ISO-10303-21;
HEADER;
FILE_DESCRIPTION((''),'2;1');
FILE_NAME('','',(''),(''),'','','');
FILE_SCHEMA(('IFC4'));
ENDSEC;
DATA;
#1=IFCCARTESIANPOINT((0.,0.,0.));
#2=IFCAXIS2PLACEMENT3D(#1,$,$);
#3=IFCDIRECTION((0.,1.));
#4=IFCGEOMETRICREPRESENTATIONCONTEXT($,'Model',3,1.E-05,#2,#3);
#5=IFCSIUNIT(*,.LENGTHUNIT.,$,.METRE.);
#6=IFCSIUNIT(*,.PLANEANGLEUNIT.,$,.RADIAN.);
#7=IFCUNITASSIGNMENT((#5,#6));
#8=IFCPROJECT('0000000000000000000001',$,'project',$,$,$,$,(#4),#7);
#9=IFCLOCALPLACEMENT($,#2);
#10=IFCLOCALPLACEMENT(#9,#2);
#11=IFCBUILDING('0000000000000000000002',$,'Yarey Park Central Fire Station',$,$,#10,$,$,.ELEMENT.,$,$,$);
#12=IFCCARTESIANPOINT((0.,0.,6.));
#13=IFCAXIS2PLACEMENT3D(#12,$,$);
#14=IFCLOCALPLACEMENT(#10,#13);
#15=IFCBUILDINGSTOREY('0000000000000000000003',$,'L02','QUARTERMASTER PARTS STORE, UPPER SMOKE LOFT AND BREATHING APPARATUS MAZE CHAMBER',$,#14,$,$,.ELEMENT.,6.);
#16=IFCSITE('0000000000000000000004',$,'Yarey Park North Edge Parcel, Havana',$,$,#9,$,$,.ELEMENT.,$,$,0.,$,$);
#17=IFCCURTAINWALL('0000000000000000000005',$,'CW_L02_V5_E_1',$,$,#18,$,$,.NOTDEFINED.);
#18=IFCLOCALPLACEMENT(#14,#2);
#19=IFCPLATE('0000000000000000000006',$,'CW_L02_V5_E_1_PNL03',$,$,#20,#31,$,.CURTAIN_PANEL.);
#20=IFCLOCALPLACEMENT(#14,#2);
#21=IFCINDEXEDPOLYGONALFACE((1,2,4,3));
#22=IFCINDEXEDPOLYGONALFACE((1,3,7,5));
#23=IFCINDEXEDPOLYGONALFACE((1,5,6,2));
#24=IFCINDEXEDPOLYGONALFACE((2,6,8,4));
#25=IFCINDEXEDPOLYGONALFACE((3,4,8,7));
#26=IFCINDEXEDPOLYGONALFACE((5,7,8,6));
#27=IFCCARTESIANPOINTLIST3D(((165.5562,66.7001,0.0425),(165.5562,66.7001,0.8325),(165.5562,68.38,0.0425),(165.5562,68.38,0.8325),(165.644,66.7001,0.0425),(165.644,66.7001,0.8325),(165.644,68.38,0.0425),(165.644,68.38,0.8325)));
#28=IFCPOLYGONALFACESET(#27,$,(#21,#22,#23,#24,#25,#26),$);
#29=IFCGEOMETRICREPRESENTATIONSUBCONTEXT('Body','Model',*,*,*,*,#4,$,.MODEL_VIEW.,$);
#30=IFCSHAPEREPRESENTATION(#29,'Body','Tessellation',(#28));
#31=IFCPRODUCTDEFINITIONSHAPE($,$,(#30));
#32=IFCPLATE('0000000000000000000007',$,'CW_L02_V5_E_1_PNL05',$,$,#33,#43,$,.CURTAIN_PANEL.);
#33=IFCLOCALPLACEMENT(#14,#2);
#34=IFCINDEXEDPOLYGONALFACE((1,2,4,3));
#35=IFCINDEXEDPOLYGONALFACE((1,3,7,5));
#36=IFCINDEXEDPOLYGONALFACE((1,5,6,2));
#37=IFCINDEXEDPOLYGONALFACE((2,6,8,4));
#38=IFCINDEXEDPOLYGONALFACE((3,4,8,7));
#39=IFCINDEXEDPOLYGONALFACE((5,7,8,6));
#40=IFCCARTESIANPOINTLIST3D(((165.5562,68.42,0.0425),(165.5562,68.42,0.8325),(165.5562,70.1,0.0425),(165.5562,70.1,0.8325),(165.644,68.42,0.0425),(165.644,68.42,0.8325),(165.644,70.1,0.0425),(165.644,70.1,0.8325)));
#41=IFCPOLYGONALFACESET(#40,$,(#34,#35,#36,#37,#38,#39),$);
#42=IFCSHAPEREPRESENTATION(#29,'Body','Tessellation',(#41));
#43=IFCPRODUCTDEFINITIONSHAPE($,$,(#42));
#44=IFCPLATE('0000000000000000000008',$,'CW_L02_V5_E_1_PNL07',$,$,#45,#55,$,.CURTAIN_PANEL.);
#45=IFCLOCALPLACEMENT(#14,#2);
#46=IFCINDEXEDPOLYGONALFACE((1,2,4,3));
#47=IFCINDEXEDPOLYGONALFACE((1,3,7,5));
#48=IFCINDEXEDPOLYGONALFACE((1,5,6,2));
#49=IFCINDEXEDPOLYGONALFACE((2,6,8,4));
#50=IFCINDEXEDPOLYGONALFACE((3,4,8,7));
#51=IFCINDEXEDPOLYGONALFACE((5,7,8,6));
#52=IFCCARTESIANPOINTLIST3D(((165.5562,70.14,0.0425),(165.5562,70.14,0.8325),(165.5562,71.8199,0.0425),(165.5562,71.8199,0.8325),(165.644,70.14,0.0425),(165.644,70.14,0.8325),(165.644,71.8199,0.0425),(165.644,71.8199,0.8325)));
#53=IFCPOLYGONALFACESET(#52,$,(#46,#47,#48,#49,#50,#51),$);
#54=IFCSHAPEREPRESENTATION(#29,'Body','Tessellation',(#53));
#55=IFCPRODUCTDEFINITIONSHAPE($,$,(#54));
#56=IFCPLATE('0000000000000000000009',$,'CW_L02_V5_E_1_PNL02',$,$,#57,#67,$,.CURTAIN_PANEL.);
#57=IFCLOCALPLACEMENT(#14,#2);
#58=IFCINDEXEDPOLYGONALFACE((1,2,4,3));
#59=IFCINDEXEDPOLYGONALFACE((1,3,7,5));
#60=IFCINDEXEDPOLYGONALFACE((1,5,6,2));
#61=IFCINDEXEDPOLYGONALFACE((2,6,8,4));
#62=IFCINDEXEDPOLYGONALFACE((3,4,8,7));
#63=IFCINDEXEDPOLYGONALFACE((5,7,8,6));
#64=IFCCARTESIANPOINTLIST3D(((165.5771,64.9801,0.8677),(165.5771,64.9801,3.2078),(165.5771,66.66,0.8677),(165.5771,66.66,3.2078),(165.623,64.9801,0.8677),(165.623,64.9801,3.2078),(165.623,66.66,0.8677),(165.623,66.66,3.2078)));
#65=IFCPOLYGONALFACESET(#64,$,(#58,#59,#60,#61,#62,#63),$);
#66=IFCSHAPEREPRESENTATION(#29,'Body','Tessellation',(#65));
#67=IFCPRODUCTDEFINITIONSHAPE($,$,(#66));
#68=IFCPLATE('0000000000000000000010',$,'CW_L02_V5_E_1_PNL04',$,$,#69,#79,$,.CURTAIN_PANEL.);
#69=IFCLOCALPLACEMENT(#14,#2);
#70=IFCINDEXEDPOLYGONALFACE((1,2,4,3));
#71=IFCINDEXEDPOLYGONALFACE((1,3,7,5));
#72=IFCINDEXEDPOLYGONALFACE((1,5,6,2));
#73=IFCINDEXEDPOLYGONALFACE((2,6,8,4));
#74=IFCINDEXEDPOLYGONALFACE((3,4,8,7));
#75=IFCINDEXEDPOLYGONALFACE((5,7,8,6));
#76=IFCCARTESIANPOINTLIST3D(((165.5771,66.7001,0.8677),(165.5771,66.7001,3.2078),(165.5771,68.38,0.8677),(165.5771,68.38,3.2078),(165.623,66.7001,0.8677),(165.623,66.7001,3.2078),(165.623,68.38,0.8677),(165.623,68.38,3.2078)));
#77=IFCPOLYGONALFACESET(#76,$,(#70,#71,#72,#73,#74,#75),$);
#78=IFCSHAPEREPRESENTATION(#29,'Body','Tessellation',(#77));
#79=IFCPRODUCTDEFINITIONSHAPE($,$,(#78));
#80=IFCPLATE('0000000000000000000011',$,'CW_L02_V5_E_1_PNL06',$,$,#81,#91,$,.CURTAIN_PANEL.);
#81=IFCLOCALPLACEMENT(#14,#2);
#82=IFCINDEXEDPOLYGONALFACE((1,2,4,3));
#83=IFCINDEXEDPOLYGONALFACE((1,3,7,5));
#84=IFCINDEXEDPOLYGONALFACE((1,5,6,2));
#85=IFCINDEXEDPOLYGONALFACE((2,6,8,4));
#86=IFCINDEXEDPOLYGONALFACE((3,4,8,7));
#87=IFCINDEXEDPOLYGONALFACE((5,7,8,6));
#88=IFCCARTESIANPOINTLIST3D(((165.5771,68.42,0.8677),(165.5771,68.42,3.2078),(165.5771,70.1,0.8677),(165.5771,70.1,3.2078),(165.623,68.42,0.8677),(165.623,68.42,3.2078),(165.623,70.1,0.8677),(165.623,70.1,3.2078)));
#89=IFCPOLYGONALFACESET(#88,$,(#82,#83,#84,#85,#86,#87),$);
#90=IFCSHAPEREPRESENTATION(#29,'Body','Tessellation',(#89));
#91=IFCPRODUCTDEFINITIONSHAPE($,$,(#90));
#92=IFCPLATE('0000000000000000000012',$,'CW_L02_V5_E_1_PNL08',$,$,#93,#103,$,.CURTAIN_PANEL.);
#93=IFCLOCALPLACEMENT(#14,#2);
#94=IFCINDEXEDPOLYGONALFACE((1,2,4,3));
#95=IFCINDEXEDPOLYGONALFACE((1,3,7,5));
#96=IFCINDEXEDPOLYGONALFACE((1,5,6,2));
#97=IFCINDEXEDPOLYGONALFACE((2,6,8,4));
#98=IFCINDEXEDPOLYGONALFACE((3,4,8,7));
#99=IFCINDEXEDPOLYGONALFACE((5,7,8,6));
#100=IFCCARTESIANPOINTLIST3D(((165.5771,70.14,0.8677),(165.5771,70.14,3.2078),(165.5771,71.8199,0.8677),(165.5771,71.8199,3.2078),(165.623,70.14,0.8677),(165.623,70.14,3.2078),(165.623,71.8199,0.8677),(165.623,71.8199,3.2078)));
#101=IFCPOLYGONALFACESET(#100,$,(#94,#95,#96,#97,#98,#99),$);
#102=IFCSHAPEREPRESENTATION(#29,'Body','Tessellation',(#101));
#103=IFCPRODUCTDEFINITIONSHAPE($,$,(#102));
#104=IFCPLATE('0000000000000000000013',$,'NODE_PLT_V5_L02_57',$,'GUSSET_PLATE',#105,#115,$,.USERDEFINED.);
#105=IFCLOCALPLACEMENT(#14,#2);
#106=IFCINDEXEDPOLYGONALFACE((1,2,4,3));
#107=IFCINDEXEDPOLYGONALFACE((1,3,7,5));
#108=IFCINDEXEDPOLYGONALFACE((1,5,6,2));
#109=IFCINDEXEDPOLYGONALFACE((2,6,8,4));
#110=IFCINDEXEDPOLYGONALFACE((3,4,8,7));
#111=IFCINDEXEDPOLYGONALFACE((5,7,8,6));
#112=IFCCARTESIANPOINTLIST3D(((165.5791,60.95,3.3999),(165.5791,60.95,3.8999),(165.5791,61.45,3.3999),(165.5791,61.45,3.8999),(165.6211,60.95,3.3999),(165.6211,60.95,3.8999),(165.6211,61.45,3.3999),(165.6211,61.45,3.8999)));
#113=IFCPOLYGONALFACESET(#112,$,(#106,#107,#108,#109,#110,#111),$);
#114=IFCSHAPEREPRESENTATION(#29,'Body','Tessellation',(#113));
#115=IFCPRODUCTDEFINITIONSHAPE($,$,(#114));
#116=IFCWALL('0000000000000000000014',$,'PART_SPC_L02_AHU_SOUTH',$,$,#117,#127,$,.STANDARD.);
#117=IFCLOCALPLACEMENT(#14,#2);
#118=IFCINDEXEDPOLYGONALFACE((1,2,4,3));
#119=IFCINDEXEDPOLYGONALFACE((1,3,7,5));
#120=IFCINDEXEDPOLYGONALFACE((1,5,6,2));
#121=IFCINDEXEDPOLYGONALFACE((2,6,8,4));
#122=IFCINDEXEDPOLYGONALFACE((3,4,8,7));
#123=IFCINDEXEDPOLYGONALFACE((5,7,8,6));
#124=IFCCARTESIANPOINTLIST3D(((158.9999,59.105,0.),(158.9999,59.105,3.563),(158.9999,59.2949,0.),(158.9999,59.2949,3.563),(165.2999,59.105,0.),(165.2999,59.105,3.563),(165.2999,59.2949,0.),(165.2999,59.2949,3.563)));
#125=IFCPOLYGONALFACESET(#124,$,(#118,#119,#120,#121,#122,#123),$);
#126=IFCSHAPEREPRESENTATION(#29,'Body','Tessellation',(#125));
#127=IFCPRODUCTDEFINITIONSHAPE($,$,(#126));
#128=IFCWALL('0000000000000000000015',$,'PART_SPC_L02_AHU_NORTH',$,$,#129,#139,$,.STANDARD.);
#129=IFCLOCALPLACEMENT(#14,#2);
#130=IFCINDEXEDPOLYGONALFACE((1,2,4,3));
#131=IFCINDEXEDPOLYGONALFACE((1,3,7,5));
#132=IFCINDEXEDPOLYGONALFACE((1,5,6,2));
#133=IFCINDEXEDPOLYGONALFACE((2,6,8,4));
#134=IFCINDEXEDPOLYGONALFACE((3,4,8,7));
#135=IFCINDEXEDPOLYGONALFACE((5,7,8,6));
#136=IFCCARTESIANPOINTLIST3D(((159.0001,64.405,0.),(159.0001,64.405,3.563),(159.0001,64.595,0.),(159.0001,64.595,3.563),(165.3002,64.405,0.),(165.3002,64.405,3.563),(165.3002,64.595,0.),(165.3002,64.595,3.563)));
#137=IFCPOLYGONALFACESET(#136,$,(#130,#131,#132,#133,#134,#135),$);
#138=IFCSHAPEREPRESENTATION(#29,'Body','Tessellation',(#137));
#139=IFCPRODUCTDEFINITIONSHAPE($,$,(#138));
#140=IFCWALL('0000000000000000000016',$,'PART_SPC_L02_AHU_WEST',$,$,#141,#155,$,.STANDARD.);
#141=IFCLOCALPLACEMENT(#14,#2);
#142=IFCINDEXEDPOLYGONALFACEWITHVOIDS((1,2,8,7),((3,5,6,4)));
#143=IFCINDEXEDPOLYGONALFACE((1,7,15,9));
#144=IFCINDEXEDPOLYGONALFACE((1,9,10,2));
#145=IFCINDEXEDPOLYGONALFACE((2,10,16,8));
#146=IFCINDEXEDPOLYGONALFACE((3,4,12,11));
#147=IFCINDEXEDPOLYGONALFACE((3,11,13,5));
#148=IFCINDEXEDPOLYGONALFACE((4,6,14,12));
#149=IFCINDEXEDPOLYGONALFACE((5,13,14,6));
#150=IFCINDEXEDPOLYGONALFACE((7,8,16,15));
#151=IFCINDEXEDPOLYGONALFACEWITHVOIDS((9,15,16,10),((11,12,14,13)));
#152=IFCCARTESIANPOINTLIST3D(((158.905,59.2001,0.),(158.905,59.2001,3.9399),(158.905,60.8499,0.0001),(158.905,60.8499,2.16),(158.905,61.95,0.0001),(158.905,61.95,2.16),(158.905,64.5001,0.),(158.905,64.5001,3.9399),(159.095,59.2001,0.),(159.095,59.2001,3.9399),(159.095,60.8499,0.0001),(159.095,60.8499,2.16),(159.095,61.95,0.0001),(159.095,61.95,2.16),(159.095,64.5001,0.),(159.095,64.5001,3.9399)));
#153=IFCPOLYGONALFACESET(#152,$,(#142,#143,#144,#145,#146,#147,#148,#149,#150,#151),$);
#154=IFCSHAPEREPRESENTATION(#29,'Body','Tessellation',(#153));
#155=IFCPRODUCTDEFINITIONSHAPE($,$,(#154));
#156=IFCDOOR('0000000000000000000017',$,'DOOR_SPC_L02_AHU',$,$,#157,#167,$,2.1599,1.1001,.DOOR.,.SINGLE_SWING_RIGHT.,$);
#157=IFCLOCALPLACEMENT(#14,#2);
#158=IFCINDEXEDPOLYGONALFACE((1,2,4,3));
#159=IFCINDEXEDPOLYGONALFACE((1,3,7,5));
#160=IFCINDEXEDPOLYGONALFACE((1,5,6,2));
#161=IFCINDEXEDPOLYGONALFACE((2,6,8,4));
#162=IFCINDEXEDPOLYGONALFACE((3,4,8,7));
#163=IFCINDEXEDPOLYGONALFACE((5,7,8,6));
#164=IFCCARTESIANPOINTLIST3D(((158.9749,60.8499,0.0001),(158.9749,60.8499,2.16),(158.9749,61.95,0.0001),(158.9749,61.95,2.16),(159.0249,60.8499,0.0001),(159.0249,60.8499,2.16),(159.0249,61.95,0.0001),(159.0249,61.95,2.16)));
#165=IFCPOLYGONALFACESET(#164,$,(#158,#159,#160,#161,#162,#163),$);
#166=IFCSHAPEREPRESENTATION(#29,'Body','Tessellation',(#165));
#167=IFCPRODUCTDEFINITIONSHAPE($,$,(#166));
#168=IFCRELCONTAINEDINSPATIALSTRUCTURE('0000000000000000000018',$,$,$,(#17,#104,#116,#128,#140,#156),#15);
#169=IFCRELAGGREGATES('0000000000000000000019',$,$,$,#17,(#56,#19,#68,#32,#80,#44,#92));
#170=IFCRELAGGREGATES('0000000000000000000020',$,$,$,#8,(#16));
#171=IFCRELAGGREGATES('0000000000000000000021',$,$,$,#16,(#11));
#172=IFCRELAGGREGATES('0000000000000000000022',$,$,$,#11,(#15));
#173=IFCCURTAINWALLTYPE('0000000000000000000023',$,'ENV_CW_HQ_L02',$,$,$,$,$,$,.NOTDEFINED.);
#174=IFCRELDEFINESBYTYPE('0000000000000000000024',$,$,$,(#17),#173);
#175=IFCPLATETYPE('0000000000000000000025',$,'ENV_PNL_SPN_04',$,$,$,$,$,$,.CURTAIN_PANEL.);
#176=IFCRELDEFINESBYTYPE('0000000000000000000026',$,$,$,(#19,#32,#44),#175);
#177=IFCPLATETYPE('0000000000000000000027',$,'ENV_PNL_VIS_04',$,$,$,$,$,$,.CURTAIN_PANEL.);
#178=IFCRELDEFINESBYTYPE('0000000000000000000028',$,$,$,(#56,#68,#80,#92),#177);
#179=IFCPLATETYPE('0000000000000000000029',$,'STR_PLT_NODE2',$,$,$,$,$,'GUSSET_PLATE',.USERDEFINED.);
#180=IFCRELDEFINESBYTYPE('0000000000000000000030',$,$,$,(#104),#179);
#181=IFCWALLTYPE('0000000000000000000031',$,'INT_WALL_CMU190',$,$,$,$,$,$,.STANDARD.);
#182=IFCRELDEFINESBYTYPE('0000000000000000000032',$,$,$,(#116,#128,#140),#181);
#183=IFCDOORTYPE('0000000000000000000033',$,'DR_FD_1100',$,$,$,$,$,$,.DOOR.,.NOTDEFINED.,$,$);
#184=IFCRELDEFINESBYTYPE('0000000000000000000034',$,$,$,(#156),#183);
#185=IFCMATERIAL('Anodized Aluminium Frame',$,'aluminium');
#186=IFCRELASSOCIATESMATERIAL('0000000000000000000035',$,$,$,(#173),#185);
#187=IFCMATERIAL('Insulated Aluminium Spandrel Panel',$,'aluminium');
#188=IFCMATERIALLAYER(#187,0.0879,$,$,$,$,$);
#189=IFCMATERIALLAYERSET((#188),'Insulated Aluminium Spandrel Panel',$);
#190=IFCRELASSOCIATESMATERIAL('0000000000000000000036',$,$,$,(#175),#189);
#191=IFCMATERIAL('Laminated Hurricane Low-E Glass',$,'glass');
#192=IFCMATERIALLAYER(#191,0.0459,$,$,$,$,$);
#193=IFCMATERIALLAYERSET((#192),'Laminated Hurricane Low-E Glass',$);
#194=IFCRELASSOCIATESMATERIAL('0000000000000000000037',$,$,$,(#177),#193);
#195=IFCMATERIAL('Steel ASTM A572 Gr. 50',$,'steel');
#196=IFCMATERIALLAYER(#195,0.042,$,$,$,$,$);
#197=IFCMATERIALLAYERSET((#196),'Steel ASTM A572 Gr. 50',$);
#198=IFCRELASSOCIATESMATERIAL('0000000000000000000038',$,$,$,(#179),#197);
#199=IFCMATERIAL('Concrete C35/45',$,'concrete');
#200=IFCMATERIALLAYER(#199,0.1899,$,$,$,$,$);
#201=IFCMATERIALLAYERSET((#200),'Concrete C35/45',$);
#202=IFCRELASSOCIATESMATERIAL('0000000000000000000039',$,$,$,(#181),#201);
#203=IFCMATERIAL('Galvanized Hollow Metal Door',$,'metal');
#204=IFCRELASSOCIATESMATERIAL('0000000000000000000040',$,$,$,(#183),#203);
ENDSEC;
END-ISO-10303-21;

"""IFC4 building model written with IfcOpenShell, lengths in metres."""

from ifc_helpers import new_model, si_unit, direction, frame, frame_2d, origin, origin_2d, place, context, subcontext, project, spatial, rectangle, extrude, material, layer, layer_set, type_object, element, fill, aggregate, save


model = new_model("IFC4")

# Units and contexts
model_context = context("Model", 3, precision=1e-05, world=origin(), true_north=direction((0.0, 1.0)))
body_context = subcontext(model_context, "Body", "Model", "MODEL_VIEW")
ifc_project = project(units=[si_unit("LENGTHUNIT", "METRE"), si_unit("PLANEANGLEUNIT", "RADIAN")], contexts=[model_context])

# Site, building, storey
site_placement = place(None, origin())
site = spatial("IfcSite", under=ifc_project, at=site_placement, Name="Yarey Park North Edge Parcel, Havana", CompositionType="ELEMENT", RefElevation=0.0)
building_placement = place(site_placement, origin())
building = spatial("IfcBuilding", under=site, at=building_placement, Name="Yarey Park Central Fire Station", CompositionType="ELEMENT")
storey_placement = place(building_placement, frame((0.0, 0.0, 6.0)))
storey = spatial("IfcBuildingStorey", under=building, at=storey_placement, Name="L02", Description="QUARTERMASTER PARTS STORE, UPPER SMOKE LOFT AND BREATHING APPARATUS MAZE CHAMBER", CompositionType="ELEMENT", Elevation=6.0)

# Curtain wall
ifc_material_1 = material(Name="Anodized Aluminium Frame", Category="aluminium")
curtain_wall_type = type_object("IfcCurtainWallType", Name="ENV_CW_HQ_L02", PredefinedType="NOTDEFINED", material=ifc_material_1)
curtain_wall_1_placement = place(storey_placement, origin())
curtain_wall_1 = element("IfcCurtainWall", 1, at=curtain_wall_1_placement, inside=storey, type_object=curtain_wall_type, Name="CW_L02_V5_E_1", PredefinedType="NOTDEFINED")

# Plates
ifc_material_2 = material(Name="Insulated Aluminium Spandrel Panel", Category="aluminium")
ifc_layer_1 = layer(ifc_material_2, 0.0879)
ifc_layer_set_1 = layer_set([ifc_layer_1], Name="Insulated Aluminium Spandrel Panel")
plate_type_1 = type_object("IfcPlateType", Name="ENV_PNL_SPN_04", PredefinedType="CURTAIN_PANEL", material=ifc_layer_set_1)
plate_1_placement = place(storey_placement, frame((165.6001, 67.54, 0.0425), z_axis=(0.0, 0.0, 1.0), x_axis=(0.0, 1.0, 0.0)))
plate_1 = element("IfcPlate", 2, at=plate_1_placement, type_object=plate_type_1, Name="CW_L02_V5_E_1_PNL03", PredefinedType="CURTAIN_PANEL", context=body_context, shape_type="SweptSolid", body=[
    extrude(rectangle(XDim=1.6799, YDim=0.0879, at=origin_2d()), origin(), (0.0, 0.0, 1.0), 0.79),
])
plate_2_placement = place(storey_placement, frame((165.6001, 69.26, 0.0425), z_axis=(0.0, 0.0, 1.0), x_axis=(0.0, 1.0, 0.0)))
plate_2 = element("IfcPlate", 3, at=plate_2_placement, type_object=plate_type_1, Name="CW_L02_V5_E_1_PNL05", PredefinedType="CURTAIN_PANEL", context=body_context, shape_type="SweptSolid", body=[
    extrude(rectangle(XDim=1.6799, YDim=0.0879, at=origin_2d()), origin(), (0.0, 0.0, 1.0), 0.79),
])
plate_3_placement = place(storey_placement, frame((165.6001, 70.98, 0.0425), z_axis=(0.0, 0.0, 1.0), x_axis=(0.0, 1.0, 0.0)))
plate_3 = element("IfcPlate", 4, at=plate_3_placement, type_object=plate_type_1, Name="CW_L02_V5_E_1_PNL07", PredefinedType="CURTAIN_PANEL", context=body_context, shape_type="SweptSolid", body=[
    extrude(rectangle(XDim=1.6799, YDim=0.0879, at=origin_2d()), origin(), (0.0, 0.0, 1.0), 0.79),
])
ifc_material_3 = material(Name="Laminated Hurricane Low-E Glass", Category="glass")
ifc_layer_2 = layer(ifc_material_3, 0.0459)
ifc_layer_set_2 = layer_set([ifc_layer_2], Name="Laminated Hurricane Low-E Glass")
plate_type_2 = type_object("IfcPlateType", Name="ENV_PNL_VIS_04", PredefinedType="CURTAIN_PANEL", material=ifc_layer_set_2)
plate_4_placement = place(storey_placement, frame((165.6001, 65.8201, 0.8677), z_axis=(0.0, 0.0, 1.0), x_axis=(0.0, 1.0, 0.0)))
plate_4 = element("IfcPlate", 5, at=plate_4_placement, type_object=plate_type_2, Name="CW_L02_V5_E_1_PNL02", PredefinedType="CURTAIN_PANEL", context=body_context, shape_type="SweptSolid", body=[
    extrude(rectangle(XDim=1.6799, YDim=0.0459, at=origin_2d()), origin(), (0.0, 0.0, 1.0), 2.3401),
])
plate_5_placement = place(storey_placement, frame((165.6001, 67.54, 0.8677), z_axis=(0.0, 0.0, 1.0), x_axis=(0.0, 1.0, 0.0)))
plate_5 = element("IfcPlate", 6, at=plate_5_placement, type_object=plate_type_2, Name="CW_L02_V5_E_1_PNL04", PredefinedType="CURTAIN_PANEL", context=body_context, shape_type="SweptSolid", body=[
    extrude(rectangle(XDim=1.6799, YDim=0.0459, at=origin_2d()), origin(), (0.0, 0.0, 1.0), 2.3401),
])
plate_6_placement = place(storey_placement, frame((165.6001, 69.26, 0.8677), z_axis=(0.0, 0.0, 1.0), x_axis=(0.0, 1.0, 0.0)))
plate_6 = element("IfcPlate", 7, at=plate_6_placement, type_object=plate_type_2, Name="CW_L02_V5_E_1_PNL06", PredefinedType="CURTAIN_PANEL", context=body_context, shape_type="SweptSolid", body=[
    extrude(rectangle(XDim=1.6799, YDim=0.0459, at=origin_2d()), origin(), (0.0, 0.0, 1.0), 2.3401),
])
plate_7_placement = place(storey_placement, frame((165.6001, 70.98, 0.8677), z_axis=(0.0, 0.0, 1.0), x_axis=(0.0, 1.0, 0.0)))
plate_7 = element("IfcPlate", 8, at=plate_7_placement, type_object=plate_type_2, Name="CW_L02_V5_E_1_PNL08", PredefinedType="CURTAIN_PANEL", context=body_context, shape_type="SweptSolid", body=[
    extrude(rectangle(XDim=1.6799, YDim=0.0459, at=origin_2d()), origin(), (0.0, 0.0, 1.0), 2.3401),
])
aggregate(curtain_wall_1, [plate_4, plate_1, plate_5, plate_2, plate_6, plate_3, plate_7])
ifc_material_4 = material(Name="Steel ASTM A572 Gr. 50", Category="steel")
ifc_layer_3 = layer(ifc_material_4, 0.042)
ifc_layer_set_3 = layer_set([ifc_layer_3], Name="Steel ASTM A572 Gr. 50")
plate_type_3 = type_object("IfcPlateType", Name="STR_PLT_NODE2", ElementType="GUSSET_PLATE", PredefinedType="USERDEFINED", material=ifc_layer_set_3)
plate_8_placement = place(storey_placement, frame((165.6001, 61.2, 3.3999), z_axis=(0.0, 0.0, 1.0), x_axis=(1.0, 0.0, 0.0)))
element("IfcPlate", 9, at=plate_8_placement, inside=storey, type_object=plate_type_3, Name="NODE_PLT_V5_L02_57", ObjectType="GUSSET_PLATE", PredefinedType="USERDEFINED", context=body_context, shape_type="SweptSolid", body=[
    extrude(rectangle(XDim=0.042, YDim=0.5, at=origin_2d()), origin(), (0.0, 0.0, 1.0), 0.5),
])

# Walls
ifc_material_5 = material(Name="Concrete C35/45", Category="concrete")
ifc_layer_4 = layer(ifc_material_5, 0.1899)
ifc_layer_set_4 = layer_set([ifc_layer_4], Name="Concrete C35/45")
wall_type = type_object("IfcWallType", Name="INT_WALL_CMU190", PredefinedType="STANDARD", material=ifc_layer_set_4)
for number, where, z_axis, x_axis, name in (
    (10, (159.0, 59.2, 0.0), (0.0, 0.0, 1.0), (1.0, 0.0, 0.0), "PART_SPC_L02_AHU_SOUTH"),
    (11, (165.3, 64.5, 0.0), (0.0, 0.0, 1.0), (-1.0, 0.0, 0.0), "PART_SPC_L02_AHU_NORTH"),
):
    element("IfcWall", number, at=place(storey_placement, frame(where, z_axis=z_axis, x_axis=x_axis)), inside=storey, type_object=wall_type, Name=name, PredefinedType="STANDARD", context=body_context, shape_type="SweptSolid", body=[
        extrude(rectangle(XDim=6.3, YDim=0.1899, at=frame_2d((3.1499, 0.0))), origin(), (0.0, 0.0, 1.0), 3.563),
    ])

# Wall, opening, door
wall_placement = place(storey_placement, frame((159.0, 64.5, 0.0), z_axis=(0.0, 0.0, 1.0), x_axis=(0.0, -1.0, 0.0)))
wall = element("IfcWall", 12, at=wall_placement, inside=storey, type_object=wall_type, Name="PART_SPC_L02_AHU_WEST", PredefinedType="STANDARD", context=body_context, shape_type="SweptSolid", body=[
    extrude(rectangle(XDim=5.3, YDim=0.1899, at=frame_2d((2.6499, 0.0))), origin(), (0.0, 0.0, 1.0), 3.9399),
])
opening_placement = place(wall_placement, frame((2.55, 0.0, 0.0)))
opening = element("IfcOpeningElement", 13, at=opening_placement, cuts=wall, PredefinedType="OPENING", context=body_context, shape_type="SweptSolid", body=[
    extrude(rectangle(XDim=1.1001, YDim=2.1599, at=frame_2d((0.55, 1.0801))), frame((0.0, 0.105, 0.0), z_axis=(0.0, -1.0, 0.0), x_axis=(1.0, 0.0, 0.0)), (0.0, 0.0, 1.0), 0.21),
])
ifc_material_6 = material(Name="Galvanized Hollow Metal Door", Category="metal")
door_type = type_object("IfcDoorType", Name="DR_FD_1100", OperationType="NOTDEFINED", PredefinedType="DOOR", material=ifc_material_6)
door_placement = place(opening_placement, origin())
door = element("IfcDoor", 14, at=door_placement, inside=storey, type_object=door_type, Name="DOOR_SPC_L02_AHU", OperationType="SINGLE_SWING_RIGHT", OverallHeight=2.1599, OverallWidth=1.1001, PredefinedType="DOOR", context=body_context, shape_type="SweptSolid", body=[
    extrude(rectangle(XDim=1.1001, YDim=2.1599, at=frame_2d((0.55, 1.0801))), frame((0.0, 0.0249, 0.0), z_axis=(0.0, -1.0, 0.0), x_axis=(1.0, 0.0, 0.0)), (0.0, 0.0, 1.0), 0.05),
])
fill(opening, door)

save(model, "model.ifc")
